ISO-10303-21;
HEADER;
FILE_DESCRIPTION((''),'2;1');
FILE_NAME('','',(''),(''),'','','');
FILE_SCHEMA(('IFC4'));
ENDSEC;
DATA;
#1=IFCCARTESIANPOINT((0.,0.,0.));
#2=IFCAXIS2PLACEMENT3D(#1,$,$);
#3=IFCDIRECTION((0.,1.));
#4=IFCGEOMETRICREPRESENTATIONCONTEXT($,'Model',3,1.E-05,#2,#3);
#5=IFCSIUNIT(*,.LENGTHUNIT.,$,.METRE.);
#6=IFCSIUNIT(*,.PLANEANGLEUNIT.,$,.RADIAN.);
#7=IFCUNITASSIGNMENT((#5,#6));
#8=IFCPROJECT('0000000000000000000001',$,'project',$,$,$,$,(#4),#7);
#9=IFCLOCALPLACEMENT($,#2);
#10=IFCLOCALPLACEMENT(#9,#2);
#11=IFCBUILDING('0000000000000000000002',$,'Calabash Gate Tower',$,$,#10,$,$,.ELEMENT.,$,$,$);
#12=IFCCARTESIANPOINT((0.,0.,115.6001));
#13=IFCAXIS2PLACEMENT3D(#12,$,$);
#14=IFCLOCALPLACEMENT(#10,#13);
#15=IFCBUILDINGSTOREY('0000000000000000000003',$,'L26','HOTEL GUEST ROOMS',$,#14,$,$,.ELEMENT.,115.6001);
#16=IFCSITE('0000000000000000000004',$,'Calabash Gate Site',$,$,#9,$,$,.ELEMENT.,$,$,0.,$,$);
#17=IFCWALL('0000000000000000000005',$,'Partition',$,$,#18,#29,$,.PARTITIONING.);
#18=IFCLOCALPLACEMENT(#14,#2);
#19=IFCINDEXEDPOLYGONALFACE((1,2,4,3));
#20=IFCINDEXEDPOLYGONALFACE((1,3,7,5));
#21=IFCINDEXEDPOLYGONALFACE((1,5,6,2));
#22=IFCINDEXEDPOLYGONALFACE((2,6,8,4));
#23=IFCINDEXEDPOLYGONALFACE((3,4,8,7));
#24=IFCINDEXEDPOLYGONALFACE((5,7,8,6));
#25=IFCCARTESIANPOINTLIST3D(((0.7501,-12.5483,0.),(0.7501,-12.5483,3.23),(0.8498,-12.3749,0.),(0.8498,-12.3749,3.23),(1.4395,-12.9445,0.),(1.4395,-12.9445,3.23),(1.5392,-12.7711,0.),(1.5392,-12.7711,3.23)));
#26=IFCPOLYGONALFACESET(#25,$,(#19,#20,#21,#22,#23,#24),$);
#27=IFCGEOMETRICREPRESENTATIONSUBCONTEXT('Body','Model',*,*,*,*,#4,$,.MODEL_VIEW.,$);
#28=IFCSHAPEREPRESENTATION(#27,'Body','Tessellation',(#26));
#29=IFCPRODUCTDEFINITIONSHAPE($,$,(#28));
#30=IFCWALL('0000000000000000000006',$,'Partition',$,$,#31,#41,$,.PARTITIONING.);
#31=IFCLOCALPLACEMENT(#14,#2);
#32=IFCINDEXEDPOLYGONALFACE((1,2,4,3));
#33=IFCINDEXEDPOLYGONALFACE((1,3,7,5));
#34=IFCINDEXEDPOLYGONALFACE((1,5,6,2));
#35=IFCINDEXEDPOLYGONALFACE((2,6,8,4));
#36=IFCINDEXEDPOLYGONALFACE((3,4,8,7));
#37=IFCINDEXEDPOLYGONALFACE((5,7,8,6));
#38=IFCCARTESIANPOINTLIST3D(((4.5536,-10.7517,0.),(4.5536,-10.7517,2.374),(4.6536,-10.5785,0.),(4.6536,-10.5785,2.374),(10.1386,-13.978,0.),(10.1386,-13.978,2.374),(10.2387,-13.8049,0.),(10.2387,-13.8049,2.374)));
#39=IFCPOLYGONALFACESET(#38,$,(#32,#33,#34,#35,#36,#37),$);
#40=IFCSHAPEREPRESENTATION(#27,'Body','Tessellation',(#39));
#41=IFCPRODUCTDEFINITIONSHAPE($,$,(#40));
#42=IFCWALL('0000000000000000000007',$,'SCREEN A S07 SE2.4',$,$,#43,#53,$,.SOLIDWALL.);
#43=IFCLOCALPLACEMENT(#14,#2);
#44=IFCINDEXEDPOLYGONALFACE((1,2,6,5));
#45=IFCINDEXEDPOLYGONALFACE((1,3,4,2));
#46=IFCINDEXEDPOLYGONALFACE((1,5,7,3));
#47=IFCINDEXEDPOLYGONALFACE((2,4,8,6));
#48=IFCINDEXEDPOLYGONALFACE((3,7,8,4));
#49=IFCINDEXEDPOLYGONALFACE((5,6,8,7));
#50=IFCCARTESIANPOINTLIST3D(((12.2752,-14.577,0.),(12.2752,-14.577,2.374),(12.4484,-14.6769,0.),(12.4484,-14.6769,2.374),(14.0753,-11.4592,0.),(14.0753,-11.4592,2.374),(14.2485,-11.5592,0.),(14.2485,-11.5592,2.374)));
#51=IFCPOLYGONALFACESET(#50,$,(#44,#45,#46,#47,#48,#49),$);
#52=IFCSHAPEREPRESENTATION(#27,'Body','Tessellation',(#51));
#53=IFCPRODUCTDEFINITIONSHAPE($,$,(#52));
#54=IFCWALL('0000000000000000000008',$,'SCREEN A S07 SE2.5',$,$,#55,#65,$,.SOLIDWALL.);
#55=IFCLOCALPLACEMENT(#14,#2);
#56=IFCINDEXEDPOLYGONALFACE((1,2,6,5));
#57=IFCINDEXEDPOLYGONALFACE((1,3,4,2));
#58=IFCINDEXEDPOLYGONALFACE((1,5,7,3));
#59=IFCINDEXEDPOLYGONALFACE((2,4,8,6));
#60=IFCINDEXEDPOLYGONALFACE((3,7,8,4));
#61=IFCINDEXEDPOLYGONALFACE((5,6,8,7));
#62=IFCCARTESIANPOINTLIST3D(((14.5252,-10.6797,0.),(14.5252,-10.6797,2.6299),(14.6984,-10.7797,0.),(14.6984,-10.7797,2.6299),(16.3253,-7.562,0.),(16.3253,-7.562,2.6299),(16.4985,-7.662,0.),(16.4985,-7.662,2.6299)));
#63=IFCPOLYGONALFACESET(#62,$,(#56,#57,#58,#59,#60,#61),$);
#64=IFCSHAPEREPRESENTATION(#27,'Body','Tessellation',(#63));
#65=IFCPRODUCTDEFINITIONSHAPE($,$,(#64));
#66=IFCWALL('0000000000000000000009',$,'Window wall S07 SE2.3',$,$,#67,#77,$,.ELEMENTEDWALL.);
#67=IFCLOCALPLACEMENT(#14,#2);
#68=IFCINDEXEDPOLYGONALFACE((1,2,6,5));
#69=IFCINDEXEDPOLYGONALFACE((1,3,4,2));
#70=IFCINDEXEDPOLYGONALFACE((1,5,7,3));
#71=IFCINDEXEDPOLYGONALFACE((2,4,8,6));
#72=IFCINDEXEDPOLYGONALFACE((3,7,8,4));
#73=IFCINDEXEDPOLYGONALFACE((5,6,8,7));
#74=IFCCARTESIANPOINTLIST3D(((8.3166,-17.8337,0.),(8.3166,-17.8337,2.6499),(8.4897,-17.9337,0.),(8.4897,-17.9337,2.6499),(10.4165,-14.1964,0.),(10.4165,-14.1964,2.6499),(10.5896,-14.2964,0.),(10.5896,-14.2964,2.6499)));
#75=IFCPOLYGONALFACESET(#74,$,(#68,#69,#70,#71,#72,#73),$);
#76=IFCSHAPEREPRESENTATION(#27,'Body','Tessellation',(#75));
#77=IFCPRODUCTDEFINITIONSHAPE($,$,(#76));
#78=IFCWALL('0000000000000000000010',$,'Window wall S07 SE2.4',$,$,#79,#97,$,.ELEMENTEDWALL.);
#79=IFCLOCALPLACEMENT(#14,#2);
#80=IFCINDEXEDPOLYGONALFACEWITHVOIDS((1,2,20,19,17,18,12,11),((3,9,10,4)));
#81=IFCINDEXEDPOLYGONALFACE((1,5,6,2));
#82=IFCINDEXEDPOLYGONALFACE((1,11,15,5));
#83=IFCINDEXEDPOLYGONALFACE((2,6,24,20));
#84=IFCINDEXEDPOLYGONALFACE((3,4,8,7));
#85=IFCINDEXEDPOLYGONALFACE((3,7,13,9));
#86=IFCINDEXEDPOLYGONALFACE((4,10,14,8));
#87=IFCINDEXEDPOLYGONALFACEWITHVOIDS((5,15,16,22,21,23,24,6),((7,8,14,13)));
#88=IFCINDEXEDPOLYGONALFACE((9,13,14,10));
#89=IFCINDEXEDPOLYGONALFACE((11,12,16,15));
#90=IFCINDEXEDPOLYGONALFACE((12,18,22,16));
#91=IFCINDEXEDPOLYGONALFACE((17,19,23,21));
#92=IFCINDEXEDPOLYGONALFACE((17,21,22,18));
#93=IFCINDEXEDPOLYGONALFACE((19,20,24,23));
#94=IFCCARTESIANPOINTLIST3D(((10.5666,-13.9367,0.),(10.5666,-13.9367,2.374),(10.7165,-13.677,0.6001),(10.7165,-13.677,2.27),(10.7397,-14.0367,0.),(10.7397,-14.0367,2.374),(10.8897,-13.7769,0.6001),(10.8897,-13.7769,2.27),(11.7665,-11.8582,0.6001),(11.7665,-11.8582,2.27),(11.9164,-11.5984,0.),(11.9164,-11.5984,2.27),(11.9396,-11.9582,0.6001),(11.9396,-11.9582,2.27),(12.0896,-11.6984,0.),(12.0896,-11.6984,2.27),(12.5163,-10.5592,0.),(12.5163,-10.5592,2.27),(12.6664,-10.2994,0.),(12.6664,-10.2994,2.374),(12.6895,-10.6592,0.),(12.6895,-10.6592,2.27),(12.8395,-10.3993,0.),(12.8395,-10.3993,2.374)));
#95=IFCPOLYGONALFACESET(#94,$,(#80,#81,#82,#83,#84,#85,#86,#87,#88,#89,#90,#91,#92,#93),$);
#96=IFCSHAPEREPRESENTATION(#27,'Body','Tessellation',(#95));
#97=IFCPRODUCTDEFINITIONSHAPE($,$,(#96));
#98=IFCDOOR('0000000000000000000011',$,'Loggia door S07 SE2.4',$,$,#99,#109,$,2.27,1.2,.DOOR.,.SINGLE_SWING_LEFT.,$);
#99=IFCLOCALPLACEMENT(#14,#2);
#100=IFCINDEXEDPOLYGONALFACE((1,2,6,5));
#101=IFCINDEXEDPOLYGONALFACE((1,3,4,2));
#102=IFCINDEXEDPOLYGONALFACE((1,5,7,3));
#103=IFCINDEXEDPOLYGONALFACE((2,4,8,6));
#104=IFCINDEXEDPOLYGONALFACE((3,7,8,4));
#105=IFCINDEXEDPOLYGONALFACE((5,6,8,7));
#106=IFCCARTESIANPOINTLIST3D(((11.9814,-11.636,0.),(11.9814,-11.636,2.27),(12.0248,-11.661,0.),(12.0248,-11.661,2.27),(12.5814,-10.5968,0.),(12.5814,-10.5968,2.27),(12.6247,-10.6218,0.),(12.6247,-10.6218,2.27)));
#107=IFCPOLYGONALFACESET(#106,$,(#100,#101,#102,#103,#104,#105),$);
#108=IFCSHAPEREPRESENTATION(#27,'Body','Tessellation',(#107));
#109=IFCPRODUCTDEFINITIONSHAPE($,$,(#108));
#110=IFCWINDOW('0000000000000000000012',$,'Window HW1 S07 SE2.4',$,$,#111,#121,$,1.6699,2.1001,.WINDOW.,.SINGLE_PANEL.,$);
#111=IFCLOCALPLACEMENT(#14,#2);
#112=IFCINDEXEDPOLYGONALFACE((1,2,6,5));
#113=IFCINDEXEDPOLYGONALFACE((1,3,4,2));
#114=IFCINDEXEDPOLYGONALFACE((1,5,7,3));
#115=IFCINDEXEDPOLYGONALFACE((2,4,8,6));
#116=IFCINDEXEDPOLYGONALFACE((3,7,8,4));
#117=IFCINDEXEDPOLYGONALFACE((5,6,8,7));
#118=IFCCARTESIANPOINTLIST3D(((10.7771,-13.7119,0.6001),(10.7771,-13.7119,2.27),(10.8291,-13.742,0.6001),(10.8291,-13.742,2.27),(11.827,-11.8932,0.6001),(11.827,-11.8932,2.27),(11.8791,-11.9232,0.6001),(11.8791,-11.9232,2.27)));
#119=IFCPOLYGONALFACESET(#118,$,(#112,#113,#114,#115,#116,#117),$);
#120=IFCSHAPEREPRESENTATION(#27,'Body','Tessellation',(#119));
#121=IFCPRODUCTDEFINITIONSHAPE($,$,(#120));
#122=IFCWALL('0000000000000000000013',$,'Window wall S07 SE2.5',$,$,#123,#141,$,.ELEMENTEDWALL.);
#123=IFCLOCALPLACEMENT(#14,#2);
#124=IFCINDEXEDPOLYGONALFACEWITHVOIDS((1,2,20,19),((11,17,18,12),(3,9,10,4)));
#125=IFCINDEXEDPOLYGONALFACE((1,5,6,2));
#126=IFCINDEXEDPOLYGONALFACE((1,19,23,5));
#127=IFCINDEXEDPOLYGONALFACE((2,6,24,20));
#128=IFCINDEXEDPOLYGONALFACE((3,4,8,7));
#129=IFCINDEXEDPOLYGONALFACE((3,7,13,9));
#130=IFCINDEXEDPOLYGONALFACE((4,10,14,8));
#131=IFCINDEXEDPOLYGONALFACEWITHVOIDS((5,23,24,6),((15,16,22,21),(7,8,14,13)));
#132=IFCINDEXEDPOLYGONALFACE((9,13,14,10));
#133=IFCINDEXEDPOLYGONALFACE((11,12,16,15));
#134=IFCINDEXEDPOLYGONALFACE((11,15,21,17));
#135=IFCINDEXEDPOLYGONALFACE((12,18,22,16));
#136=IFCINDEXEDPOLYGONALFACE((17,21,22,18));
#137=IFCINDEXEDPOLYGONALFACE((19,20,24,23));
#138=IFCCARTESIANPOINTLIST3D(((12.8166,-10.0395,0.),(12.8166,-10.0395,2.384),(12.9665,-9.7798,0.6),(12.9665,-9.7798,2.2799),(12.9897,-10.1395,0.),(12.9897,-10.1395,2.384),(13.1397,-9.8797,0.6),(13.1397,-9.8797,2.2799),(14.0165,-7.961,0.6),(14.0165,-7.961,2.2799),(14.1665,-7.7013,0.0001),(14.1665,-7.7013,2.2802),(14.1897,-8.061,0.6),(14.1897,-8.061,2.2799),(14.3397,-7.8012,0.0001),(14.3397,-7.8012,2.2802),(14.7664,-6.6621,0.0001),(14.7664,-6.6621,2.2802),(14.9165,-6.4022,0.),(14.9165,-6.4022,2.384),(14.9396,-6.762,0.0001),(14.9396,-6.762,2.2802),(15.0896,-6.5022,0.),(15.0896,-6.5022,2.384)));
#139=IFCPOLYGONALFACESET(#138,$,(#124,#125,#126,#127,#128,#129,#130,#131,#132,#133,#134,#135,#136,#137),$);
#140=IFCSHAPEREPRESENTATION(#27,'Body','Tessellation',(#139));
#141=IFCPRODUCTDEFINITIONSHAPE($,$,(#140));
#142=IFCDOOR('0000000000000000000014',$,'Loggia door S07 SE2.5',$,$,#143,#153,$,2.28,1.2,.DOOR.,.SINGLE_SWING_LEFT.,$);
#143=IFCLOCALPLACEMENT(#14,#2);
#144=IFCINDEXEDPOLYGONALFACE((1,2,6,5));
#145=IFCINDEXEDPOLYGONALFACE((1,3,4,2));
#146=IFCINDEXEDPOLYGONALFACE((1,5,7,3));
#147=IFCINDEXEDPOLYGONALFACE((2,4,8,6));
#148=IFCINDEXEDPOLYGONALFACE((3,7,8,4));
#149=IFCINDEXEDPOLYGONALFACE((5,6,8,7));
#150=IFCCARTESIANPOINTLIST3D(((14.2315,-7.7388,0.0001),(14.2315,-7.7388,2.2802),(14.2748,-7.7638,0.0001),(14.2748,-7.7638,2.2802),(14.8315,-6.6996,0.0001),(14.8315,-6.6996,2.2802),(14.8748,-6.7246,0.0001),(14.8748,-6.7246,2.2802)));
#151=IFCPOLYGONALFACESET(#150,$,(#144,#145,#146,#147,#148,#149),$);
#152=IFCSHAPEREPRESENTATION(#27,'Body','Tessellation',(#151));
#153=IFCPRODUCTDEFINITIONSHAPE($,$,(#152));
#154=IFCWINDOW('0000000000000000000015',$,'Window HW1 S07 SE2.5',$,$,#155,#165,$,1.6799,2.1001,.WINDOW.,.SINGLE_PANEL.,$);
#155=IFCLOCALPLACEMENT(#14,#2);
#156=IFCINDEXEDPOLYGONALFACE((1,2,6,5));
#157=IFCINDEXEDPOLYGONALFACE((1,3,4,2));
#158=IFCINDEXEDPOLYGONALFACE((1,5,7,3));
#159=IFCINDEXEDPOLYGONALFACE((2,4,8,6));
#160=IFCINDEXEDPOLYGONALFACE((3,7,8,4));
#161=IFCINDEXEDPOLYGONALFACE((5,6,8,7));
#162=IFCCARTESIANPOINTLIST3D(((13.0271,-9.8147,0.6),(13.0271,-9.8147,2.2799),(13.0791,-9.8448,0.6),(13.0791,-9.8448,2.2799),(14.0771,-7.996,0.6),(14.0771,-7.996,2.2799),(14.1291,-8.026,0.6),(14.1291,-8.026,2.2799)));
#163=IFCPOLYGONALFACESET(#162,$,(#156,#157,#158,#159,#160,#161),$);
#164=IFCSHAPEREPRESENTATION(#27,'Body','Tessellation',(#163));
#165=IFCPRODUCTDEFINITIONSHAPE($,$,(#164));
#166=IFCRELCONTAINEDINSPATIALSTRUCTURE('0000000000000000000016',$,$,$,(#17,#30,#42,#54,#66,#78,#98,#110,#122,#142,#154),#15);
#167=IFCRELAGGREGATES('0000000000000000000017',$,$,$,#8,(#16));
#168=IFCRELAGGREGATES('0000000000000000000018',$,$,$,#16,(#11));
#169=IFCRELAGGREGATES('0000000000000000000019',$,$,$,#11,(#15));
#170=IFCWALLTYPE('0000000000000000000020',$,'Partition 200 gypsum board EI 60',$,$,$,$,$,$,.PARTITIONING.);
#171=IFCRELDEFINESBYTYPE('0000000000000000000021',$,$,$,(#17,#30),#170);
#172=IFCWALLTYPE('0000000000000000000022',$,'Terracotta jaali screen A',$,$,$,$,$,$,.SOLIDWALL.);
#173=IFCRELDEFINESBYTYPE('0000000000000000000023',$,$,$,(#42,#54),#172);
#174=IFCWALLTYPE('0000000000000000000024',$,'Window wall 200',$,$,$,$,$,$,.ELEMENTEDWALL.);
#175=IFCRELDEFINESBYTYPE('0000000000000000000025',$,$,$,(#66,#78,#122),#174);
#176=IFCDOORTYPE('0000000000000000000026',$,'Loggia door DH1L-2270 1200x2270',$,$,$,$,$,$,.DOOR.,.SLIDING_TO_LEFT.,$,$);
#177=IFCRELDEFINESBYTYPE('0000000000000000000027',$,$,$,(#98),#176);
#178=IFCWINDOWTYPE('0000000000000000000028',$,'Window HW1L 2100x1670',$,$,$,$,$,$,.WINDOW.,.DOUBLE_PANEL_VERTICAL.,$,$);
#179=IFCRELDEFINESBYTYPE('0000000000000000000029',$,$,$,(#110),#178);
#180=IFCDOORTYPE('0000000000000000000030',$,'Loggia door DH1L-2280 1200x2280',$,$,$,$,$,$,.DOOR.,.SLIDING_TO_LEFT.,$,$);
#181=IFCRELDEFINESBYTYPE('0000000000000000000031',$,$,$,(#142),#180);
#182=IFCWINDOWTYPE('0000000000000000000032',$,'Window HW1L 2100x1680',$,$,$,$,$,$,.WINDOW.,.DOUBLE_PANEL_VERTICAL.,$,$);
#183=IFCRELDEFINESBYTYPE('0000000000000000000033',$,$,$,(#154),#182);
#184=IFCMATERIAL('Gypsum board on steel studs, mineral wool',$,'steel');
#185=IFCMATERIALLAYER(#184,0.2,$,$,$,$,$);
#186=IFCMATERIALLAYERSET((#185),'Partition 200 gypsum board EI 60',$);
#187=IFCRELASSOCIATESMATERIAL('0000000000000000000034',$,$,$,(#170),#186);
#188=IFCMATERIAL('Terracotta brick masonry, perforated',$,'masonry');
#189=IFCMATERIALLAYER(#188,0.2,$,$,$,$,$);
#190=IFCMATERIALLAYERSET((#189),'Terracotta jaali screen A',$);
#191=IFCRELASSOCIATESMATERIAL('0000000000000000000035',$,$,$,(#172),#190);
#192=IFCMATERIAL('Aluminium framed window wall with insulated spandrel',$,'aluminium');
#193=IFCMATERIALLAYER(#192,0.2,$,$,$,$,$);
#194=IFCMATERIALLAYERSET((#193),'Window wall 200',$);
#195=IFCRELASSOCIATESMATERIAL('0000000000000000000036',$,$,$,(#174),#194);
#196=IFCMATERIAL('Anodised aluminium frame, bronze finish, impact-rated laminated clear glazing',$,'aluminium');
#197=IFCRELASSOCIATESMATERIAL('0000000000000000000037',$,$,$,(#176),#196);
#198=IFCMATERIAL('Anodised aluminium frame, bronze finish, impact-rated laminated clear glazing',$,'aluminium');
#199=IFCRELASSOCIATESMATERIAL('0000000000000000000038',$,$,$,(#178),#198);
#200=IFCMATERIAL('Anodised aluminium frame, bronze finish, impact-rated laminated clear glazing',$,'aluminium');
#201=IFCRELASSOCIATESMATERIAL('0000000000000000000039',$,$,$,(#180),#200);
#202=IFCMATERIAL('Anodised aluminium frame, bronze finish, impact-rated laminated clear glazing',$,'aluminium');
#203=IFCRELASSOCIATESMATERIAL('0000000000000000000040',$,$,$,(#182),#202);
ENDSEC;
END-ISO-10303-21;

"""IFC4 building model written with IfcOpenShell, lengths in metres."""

from ifc_helpers import new_model, si_unit, direction, frame, frame_2d, origin, place, context, subcontext, project, spatial, rectangle, extrude, material, layer, layer_set, type_object, element, fill, save


model = new_model("IFC4")

# Units and contexts
model_context = context("Model", 3, precision=1e-05, world=origin(), true_north=direction((0.0, 1.0)))
body_context = subcontext(model_context, "Body", "Model", "MODEL_VIEW")
ifc_project = project(units=[si_unit("LENGTHUNIT", "METRE"), si_unit("PLANEANGLEUNIT", "RADIAN")], contexts=[model_context])

# Site, building, storey
site_placement = place(None, origin())
site = spatial("IfcSite", under=ifc_project, at=site_placement, Name="Calabash Gate Site", CompositionType="ELEMENT", RefElevation=0.0)
building_placement = place(site_placement, origin())
building = spatial("IfcBuilding", under=site, at=building_placement, Name="Calabash Gate Tower", CompositionType="ELEMENT")
storey_placement = place(building_placement, frame((0.0, 0.0, 115.6001)))
storey = spatial("IfcBuildingStorey", under=building, at=storey_placement, Name="L26", Description="HOTEL GUEST ROOMS", CompositionType="ELEMENT", Elevation=115.6001)

# Walls
ifc_material_1 = material(Name="Gypsum board on steel studs, mineral wool", Category="steel")
ifc_layer_1 = layer(ifc_material_1, 0.2)
ifc_layer_set_1 = layer_set([ifc_layer_1], Name="Partition 200 gypsum board EI 60")
wall_type_1 = type_object("IfcWallType", Name="Partition 200 gypsum board EI 60", PredefinedType="PARTITIONING", material=ifc_layer_set_1)
wall_1_placement = place(storey_placement, frame((0.8, -12.4617, 0.0), z_axis=(0.0, 0.0, 1.0), x_axis=(0.867012, -0.498287, 0.0)))
element("IfcWall", 1, at=wall_1_placement, inside=storey, type_object=wall_type_1, Name="Partition", PredefinedType="PARTITIONING", context=body_context, shape_type="SweptSolid", body=[
    extrude(rectangle(XDim=0.7952, YDim=0.2, at=frame_2d((0.3975, 0.0))), origin(), (0.0, 0.0, 1.0), 3.23),
])
wall_2_placement = place(storey_placement, frame((4.6035, -10.665, 0.0), z_axis=(0.0, 0.0, 1.0), x_axis=(0.865902, -0.500214, 0.0)))
element("IfcWall", 2, at=wall_2_placement, inside=storey, type_object=wall_type_1, Name="Partition", PredefinedType="PARTITIONING", context=body_context, shape_type="SweptSolid", body=[
    extrude(rectangle(XDim=6.45, YDim=0.2, at=frame_2d((3.2251, 0.0))), origin(), (0.0, 0.0, 1.0), 2.374),
])
ifc_material_2 = material(Name="Terracotta brick masonry, perforated", Category="masonry")
ifc_layer_2 = layer(ifc_material_2, 0.2)
ifc_layer_set_2 = layer_set([ifc_layer_2], Name="Terracotta jaali screen A")
wall_type_2 = type_object("IfcWallType", Name="Terracotta jaali screen A", PredefinedType="SOLIDWALL", material=ifc_layer_set_2)
wall_3_placement = place(storey_placement, frame((12.3618, -14.627, 0.0), z_axis=(0.0, 0.0, 1.0), x_axis=(0.500012, 0.866018, 0.0)))
element("IfcWall", 3, at=wall_3_placement, inside=storey, type_object=wall_type_2, Name="SCREEN A S07 SE2.4", PredefinedType="SOLIDWALL", context=body_context, shape_type="SweptSolid", body=[
    extrude(rectangle(XDim=3.6001, YDim=0.2, at=frame_2d((1.8, 0.0))), origin(), (0.0, 0.0, 1.0), 2.374),
])
wall_4_placement = place(storey_placement, frame((14.6118, -10.7297, 0.0), z_axis=(0.0, 0.0, 1.0), x_axis=(0.500012, 0.866018, 0.0)))
element("IfcWall", 4, at=wall_4_placement, inside=storey, type_object=wall_type_2, Name="SCREEN A S07 SE2.5", PredefinedType="SOLIDWALL", context=body_context, shape_type="SweptSolid", body=[
    extrude(rectangle(XDim=3.6001, YDim=0.2, at=frame_2d((1.8, 0.0))), origin(), (0.0, 0.0, 1.0), 2.6299),
])
ifc_material_3 = material(Name="Aluminium framed window wall with insulated spandrel", Category="aluminium")
ifc_layer_3 = layer(ifc_material_3, 0.2)
ifc_layer_set_3 = layer_set([ifc_layer_3], Name="Window wall 200")
wall_type_3 = type_object("IfcWallType", Name="Window wall 200", PredefinedType="ELEMENTEDWALL", material=ifc_layer_set_3)
wall_5_placement = place(storey_placement, frame((8.4031, -17.8838, 0.0), z_axis=(0.0, 0.0, 1.0), x_axis=(0.499984, 0.866035, 0.0)))
element("IfcWall", 5, at=wall_5_placement, inside=storey, type_object=wall_type_3, Name="Window wall S07 SE2.3", PredefinedType="ELEMENTEDWALL", context=body_context, shape_type="SweptSolid", body=[
    extrude(rectangle(XDim=4.2, YDim=0.2, at=frame_2d((2.1001, 0.0))), origin(), (0.0, 0.0, 1.0), 2.6499),
])

# Walls, openings, doors, windows
wall_6_placement = place(storey_placement, frame((10.6531, -13.9868, 0.0), z_axis=(0.0, 0.0, 1.0), x_axis=(0.499959, 0.866049, 0.0)))
wall_6 = element("IfcWall", 6, at=wall_6_placement, inside=storey, type_object=wall_type_3, Name="Window wall S07 SE2.4", PredefinedType="ELEMENTEDWALL", context=body_context, shape_type="SweptSolid", body=[
    extrude(rectangle(XDim=4.2, YDim=0.2, at=frame_2d((2.1001, 0.0))), origin(), (0.0, 0.0, 1.0), 2.374),
])
opening_1_placement = place(wall_6_placement, frame((0.3, 0.0, 0.6001)))
opening_1 = element("IfcOpeningElement", 7, at=opening_1_placement, cuts=wall_6, PredefinedType="OPENING", context=body_context, shape_type="SweptSolid", body=[
    extrude(rectangle(XDim=2.1001, YDim=1.6699, at=frame_2d((1.05, 0.835))), frame((0.0, 0.1099, 0.0), z_axis=(0.0, -1.0, 0.0), x_axis=(1.0, 0.0, 0.0)), (0.0, 0.0, 1.0), 0.22),
])
opening_2_placement = place(wall_6_placement, frame((2.7, 0.0, 0.0)))
opening_2 = element("IfcOpeningElement", 8, at=opening_2_placement, cuts=wall_6, PredefinedType="OPENING", context=body_context, shape_type="SweptSolid", body=[
    extrude(rectangle(XDim=1.2, YDim=2.27, at=frame_2d((0.6001, 1.135))), frame((0.0, 0.1099, 0.0), z_axis=(0.0, -1.0, 0.0), x_axis=(1.0, 0.0, 0.0)), (0.0, 0.0, 1.0), 0.22),
])
ifc_material_4 = material(Name="Anodised aluminium frame, bronze finish, impact-rated laminated clear glazing", Category="aluminium")
door_type_1 = type_object("IfcDoorType", Name="Loggia door DH1L-2270 1200x2270", OperationType="SLIDING_TO_LEFT", PredefinedType="DOOR", material=ifc_material_4)
door_1_placement = place(opening_2_placement, origin())
door_1 = element("IfcDoor", 9, at=door_1_placement, inside=storey, type_object=door_type_1, Name="Loggia door S07 SE2.4", OperationType="SINGLE_SWING_LEFT", OverallHeight=2.27, OverallWidth=1.2, PredefinedType="DOOR", context=body_context, shape_type="SweptSolid", body=[
    extrude(rectangle(XDim=1.2, YDim=2.27, at=frame_2d((0.6001, 1.135))), frame((0.0, 0.0249, 0.0), z_axis=(0.0, -1.0, 0.0), x_axis=(1.0, 0.0, 0.0)), (0.0, 0.0, 1.0), 0.05),
])
fill(opening_2, door_1)
ifc_material_5 = material(Name="Anodised aluminium frame, bronze finish, impact-rated laminated clear glazing", Category="aluminium")
window_type_1 = type_object("IfcWindowType", Name="Window HW1L 2100x1670", PartitioningType="DOUBLE_PANEL_VERTICAL", PredefinedType="WINDOW", material=ifc_material_5)
window_1_placement = place(opening_1_placement, origin())
window_1 = element("IfcWindow", 10, at=window_1_placement, inside=storey, type_object=window_type_1, Name="Window HW1 S07 SE2.4", OverallHeight=1.6699, OverallWidth=2.1001, PartitioningType="SINGLE_PANEL", PredefinedType="WINDOW", context=body_context, shape_type="SweptSolid", body=[
    extrude(rectangle(XDim=2.1001, YDim=1.6699, at=frame_2d((1.05, 0.835))), frame((0.0, 0.03, 0.0), z_axis=(0.0, -1.0, 0.0), x_axis=(1.0, 0.0, 0.0)), (0.0, 0.0, 1.0), 0.0601),
])
fill(opening_1, window_1)
wall_7_placement = place(storey_placement, frame((12.9031, -10.0896, 0.0), z_axis=(0.0, 0.0, 1.0), x_axis=(0.499984, 0.866035, 0.0)))
wall_7 = element("IfcWall", 11, at=wall_7_placement, inside=storey, type_object=wall_type_3, Name="Window wall S07 SE2.5", PredefinedType="ELEMENTEDWALL", context=body_context, shape_type="SweptSolid", body=[
    extrude(rectangle(XDim=4.2, YDim=0.2, at=frame_2d((2.1001, 0.0))), origin(), (0.0, 0.0, 1.0), 2.384),
])
opening_3_placement = place(wall_7_placement, frame((0.3, 0.0, 0.6001)))
opening_3 = element("IfcOpeningElement", 12, at=opening_3_placement, cuts=wall_7, PredefinedType="OPENING", context=body_context, shape_type="SweptSolid", body=[
    extrude(rectangle(XDim=2.1001, YDim=1.6799, at=frame_2d((1.05, 0.8398))), frame((0.0, 0.1099, 0.0), z_axis=(0.0, -1.0, 0.0), x_axis=(1.0, 0.0, 0.0)), (0.0, 0.0, 1.0), 0.22),
])
opening_4_placement = place(wall_7_placement, frame((2.7, 0.0, 0.0)))
opening_4 = element("IfcOpeningElement", 13, at=opening_4_placement, cuts=wall_7, PredefinedType="OPENING", context=body_context, shape_type="SweptSolid", body=[
    extrude(rectangle(XDim=1.2, YDim=2.28, at=frame_2d((0.6001, 1.1401))), frame((0.0, 0.1099, 0.0), z_axis=(0.0, -1.0, 0.0), x_axis=(1.0, 0.0, 0.0)), (0.0, 0.0, 1.0), 0.22),
])
ifc_material_6 = material(Name="Anodised aluminium frame, bronze finish, impact-rated laminated clear glazing", Category="aluminium")
door_type_2 = type_object("IfcDoorType", Name="Loggia door DH1L-2280 1200x2280", OperationType="SLIDING_TO_LEFT", PredefinedType="DOOR", material=ifc_material_6)
door_2_placement = place(opening_4_placement, origin())
door_2 = element("IfcDoor", 14, at=door_2_placement, inside=storey, type_object=door_type_2, Name="Loggia door S07 SE2.5", OperationType="SINGLE_SWING_LEFT", OverallHeight=2.28, OverallWidth=1.2, PredefinedType="DOOR", context=body_context, shape_type="SweptSolid", body=[
    extrude(rectangle(XDim=1.2, YDim=2.28, at=frame_2d((0.6001, 1.1401))), frame((0.0, 0.0249, 0.0), z_axis=(0.0, -1.0, 0.0), x_axis=(1.0, 0.0, 0.0)), (0.0, 0.0, 1.0), 0.05),
])
fill(opening_4, door_2)
ifc_material_7 = material(Name="Anodised aluminium frame, bronze finish, impact-rated laminated clear glazing", Category="aluminium")
window_type_2 = type_object("IfcWindowType", Name="Window HW1L 2100x1680", PartitioningType="DOUBLE_PANEL_VERTICAL", PredefinedType="WINDOW", material=ifc_material_7)
window_2_placement = place(opening_3_placement, origin())
window_2 = element("IfcWindow", 15, at=window_2_placement, inside=storey, type_object=window_type_2, Name="Window HW1 S07 SE2.5", OverallHeight=1.6799, OverallWidth=2.1001, PartitioningType="SINGLE_PANEL", PredefinedType="WINDOW", context=body_context, shape_type="SweptSolid", body=[
    extrude(rectangle(XDim=2.1001, YDim=1.6799, at=frame_2d((1.05, 0.8398))), frame((0.0, 0.03, 0.0), z_axis=(0.0, -1.0, 0.0), x_axis=(1.0, 0.0, 0.0)), (0.0, 0.0, 1.0), 0.0601),
])
fill(opening_3, window_2)

save(model, "model.ifc")
